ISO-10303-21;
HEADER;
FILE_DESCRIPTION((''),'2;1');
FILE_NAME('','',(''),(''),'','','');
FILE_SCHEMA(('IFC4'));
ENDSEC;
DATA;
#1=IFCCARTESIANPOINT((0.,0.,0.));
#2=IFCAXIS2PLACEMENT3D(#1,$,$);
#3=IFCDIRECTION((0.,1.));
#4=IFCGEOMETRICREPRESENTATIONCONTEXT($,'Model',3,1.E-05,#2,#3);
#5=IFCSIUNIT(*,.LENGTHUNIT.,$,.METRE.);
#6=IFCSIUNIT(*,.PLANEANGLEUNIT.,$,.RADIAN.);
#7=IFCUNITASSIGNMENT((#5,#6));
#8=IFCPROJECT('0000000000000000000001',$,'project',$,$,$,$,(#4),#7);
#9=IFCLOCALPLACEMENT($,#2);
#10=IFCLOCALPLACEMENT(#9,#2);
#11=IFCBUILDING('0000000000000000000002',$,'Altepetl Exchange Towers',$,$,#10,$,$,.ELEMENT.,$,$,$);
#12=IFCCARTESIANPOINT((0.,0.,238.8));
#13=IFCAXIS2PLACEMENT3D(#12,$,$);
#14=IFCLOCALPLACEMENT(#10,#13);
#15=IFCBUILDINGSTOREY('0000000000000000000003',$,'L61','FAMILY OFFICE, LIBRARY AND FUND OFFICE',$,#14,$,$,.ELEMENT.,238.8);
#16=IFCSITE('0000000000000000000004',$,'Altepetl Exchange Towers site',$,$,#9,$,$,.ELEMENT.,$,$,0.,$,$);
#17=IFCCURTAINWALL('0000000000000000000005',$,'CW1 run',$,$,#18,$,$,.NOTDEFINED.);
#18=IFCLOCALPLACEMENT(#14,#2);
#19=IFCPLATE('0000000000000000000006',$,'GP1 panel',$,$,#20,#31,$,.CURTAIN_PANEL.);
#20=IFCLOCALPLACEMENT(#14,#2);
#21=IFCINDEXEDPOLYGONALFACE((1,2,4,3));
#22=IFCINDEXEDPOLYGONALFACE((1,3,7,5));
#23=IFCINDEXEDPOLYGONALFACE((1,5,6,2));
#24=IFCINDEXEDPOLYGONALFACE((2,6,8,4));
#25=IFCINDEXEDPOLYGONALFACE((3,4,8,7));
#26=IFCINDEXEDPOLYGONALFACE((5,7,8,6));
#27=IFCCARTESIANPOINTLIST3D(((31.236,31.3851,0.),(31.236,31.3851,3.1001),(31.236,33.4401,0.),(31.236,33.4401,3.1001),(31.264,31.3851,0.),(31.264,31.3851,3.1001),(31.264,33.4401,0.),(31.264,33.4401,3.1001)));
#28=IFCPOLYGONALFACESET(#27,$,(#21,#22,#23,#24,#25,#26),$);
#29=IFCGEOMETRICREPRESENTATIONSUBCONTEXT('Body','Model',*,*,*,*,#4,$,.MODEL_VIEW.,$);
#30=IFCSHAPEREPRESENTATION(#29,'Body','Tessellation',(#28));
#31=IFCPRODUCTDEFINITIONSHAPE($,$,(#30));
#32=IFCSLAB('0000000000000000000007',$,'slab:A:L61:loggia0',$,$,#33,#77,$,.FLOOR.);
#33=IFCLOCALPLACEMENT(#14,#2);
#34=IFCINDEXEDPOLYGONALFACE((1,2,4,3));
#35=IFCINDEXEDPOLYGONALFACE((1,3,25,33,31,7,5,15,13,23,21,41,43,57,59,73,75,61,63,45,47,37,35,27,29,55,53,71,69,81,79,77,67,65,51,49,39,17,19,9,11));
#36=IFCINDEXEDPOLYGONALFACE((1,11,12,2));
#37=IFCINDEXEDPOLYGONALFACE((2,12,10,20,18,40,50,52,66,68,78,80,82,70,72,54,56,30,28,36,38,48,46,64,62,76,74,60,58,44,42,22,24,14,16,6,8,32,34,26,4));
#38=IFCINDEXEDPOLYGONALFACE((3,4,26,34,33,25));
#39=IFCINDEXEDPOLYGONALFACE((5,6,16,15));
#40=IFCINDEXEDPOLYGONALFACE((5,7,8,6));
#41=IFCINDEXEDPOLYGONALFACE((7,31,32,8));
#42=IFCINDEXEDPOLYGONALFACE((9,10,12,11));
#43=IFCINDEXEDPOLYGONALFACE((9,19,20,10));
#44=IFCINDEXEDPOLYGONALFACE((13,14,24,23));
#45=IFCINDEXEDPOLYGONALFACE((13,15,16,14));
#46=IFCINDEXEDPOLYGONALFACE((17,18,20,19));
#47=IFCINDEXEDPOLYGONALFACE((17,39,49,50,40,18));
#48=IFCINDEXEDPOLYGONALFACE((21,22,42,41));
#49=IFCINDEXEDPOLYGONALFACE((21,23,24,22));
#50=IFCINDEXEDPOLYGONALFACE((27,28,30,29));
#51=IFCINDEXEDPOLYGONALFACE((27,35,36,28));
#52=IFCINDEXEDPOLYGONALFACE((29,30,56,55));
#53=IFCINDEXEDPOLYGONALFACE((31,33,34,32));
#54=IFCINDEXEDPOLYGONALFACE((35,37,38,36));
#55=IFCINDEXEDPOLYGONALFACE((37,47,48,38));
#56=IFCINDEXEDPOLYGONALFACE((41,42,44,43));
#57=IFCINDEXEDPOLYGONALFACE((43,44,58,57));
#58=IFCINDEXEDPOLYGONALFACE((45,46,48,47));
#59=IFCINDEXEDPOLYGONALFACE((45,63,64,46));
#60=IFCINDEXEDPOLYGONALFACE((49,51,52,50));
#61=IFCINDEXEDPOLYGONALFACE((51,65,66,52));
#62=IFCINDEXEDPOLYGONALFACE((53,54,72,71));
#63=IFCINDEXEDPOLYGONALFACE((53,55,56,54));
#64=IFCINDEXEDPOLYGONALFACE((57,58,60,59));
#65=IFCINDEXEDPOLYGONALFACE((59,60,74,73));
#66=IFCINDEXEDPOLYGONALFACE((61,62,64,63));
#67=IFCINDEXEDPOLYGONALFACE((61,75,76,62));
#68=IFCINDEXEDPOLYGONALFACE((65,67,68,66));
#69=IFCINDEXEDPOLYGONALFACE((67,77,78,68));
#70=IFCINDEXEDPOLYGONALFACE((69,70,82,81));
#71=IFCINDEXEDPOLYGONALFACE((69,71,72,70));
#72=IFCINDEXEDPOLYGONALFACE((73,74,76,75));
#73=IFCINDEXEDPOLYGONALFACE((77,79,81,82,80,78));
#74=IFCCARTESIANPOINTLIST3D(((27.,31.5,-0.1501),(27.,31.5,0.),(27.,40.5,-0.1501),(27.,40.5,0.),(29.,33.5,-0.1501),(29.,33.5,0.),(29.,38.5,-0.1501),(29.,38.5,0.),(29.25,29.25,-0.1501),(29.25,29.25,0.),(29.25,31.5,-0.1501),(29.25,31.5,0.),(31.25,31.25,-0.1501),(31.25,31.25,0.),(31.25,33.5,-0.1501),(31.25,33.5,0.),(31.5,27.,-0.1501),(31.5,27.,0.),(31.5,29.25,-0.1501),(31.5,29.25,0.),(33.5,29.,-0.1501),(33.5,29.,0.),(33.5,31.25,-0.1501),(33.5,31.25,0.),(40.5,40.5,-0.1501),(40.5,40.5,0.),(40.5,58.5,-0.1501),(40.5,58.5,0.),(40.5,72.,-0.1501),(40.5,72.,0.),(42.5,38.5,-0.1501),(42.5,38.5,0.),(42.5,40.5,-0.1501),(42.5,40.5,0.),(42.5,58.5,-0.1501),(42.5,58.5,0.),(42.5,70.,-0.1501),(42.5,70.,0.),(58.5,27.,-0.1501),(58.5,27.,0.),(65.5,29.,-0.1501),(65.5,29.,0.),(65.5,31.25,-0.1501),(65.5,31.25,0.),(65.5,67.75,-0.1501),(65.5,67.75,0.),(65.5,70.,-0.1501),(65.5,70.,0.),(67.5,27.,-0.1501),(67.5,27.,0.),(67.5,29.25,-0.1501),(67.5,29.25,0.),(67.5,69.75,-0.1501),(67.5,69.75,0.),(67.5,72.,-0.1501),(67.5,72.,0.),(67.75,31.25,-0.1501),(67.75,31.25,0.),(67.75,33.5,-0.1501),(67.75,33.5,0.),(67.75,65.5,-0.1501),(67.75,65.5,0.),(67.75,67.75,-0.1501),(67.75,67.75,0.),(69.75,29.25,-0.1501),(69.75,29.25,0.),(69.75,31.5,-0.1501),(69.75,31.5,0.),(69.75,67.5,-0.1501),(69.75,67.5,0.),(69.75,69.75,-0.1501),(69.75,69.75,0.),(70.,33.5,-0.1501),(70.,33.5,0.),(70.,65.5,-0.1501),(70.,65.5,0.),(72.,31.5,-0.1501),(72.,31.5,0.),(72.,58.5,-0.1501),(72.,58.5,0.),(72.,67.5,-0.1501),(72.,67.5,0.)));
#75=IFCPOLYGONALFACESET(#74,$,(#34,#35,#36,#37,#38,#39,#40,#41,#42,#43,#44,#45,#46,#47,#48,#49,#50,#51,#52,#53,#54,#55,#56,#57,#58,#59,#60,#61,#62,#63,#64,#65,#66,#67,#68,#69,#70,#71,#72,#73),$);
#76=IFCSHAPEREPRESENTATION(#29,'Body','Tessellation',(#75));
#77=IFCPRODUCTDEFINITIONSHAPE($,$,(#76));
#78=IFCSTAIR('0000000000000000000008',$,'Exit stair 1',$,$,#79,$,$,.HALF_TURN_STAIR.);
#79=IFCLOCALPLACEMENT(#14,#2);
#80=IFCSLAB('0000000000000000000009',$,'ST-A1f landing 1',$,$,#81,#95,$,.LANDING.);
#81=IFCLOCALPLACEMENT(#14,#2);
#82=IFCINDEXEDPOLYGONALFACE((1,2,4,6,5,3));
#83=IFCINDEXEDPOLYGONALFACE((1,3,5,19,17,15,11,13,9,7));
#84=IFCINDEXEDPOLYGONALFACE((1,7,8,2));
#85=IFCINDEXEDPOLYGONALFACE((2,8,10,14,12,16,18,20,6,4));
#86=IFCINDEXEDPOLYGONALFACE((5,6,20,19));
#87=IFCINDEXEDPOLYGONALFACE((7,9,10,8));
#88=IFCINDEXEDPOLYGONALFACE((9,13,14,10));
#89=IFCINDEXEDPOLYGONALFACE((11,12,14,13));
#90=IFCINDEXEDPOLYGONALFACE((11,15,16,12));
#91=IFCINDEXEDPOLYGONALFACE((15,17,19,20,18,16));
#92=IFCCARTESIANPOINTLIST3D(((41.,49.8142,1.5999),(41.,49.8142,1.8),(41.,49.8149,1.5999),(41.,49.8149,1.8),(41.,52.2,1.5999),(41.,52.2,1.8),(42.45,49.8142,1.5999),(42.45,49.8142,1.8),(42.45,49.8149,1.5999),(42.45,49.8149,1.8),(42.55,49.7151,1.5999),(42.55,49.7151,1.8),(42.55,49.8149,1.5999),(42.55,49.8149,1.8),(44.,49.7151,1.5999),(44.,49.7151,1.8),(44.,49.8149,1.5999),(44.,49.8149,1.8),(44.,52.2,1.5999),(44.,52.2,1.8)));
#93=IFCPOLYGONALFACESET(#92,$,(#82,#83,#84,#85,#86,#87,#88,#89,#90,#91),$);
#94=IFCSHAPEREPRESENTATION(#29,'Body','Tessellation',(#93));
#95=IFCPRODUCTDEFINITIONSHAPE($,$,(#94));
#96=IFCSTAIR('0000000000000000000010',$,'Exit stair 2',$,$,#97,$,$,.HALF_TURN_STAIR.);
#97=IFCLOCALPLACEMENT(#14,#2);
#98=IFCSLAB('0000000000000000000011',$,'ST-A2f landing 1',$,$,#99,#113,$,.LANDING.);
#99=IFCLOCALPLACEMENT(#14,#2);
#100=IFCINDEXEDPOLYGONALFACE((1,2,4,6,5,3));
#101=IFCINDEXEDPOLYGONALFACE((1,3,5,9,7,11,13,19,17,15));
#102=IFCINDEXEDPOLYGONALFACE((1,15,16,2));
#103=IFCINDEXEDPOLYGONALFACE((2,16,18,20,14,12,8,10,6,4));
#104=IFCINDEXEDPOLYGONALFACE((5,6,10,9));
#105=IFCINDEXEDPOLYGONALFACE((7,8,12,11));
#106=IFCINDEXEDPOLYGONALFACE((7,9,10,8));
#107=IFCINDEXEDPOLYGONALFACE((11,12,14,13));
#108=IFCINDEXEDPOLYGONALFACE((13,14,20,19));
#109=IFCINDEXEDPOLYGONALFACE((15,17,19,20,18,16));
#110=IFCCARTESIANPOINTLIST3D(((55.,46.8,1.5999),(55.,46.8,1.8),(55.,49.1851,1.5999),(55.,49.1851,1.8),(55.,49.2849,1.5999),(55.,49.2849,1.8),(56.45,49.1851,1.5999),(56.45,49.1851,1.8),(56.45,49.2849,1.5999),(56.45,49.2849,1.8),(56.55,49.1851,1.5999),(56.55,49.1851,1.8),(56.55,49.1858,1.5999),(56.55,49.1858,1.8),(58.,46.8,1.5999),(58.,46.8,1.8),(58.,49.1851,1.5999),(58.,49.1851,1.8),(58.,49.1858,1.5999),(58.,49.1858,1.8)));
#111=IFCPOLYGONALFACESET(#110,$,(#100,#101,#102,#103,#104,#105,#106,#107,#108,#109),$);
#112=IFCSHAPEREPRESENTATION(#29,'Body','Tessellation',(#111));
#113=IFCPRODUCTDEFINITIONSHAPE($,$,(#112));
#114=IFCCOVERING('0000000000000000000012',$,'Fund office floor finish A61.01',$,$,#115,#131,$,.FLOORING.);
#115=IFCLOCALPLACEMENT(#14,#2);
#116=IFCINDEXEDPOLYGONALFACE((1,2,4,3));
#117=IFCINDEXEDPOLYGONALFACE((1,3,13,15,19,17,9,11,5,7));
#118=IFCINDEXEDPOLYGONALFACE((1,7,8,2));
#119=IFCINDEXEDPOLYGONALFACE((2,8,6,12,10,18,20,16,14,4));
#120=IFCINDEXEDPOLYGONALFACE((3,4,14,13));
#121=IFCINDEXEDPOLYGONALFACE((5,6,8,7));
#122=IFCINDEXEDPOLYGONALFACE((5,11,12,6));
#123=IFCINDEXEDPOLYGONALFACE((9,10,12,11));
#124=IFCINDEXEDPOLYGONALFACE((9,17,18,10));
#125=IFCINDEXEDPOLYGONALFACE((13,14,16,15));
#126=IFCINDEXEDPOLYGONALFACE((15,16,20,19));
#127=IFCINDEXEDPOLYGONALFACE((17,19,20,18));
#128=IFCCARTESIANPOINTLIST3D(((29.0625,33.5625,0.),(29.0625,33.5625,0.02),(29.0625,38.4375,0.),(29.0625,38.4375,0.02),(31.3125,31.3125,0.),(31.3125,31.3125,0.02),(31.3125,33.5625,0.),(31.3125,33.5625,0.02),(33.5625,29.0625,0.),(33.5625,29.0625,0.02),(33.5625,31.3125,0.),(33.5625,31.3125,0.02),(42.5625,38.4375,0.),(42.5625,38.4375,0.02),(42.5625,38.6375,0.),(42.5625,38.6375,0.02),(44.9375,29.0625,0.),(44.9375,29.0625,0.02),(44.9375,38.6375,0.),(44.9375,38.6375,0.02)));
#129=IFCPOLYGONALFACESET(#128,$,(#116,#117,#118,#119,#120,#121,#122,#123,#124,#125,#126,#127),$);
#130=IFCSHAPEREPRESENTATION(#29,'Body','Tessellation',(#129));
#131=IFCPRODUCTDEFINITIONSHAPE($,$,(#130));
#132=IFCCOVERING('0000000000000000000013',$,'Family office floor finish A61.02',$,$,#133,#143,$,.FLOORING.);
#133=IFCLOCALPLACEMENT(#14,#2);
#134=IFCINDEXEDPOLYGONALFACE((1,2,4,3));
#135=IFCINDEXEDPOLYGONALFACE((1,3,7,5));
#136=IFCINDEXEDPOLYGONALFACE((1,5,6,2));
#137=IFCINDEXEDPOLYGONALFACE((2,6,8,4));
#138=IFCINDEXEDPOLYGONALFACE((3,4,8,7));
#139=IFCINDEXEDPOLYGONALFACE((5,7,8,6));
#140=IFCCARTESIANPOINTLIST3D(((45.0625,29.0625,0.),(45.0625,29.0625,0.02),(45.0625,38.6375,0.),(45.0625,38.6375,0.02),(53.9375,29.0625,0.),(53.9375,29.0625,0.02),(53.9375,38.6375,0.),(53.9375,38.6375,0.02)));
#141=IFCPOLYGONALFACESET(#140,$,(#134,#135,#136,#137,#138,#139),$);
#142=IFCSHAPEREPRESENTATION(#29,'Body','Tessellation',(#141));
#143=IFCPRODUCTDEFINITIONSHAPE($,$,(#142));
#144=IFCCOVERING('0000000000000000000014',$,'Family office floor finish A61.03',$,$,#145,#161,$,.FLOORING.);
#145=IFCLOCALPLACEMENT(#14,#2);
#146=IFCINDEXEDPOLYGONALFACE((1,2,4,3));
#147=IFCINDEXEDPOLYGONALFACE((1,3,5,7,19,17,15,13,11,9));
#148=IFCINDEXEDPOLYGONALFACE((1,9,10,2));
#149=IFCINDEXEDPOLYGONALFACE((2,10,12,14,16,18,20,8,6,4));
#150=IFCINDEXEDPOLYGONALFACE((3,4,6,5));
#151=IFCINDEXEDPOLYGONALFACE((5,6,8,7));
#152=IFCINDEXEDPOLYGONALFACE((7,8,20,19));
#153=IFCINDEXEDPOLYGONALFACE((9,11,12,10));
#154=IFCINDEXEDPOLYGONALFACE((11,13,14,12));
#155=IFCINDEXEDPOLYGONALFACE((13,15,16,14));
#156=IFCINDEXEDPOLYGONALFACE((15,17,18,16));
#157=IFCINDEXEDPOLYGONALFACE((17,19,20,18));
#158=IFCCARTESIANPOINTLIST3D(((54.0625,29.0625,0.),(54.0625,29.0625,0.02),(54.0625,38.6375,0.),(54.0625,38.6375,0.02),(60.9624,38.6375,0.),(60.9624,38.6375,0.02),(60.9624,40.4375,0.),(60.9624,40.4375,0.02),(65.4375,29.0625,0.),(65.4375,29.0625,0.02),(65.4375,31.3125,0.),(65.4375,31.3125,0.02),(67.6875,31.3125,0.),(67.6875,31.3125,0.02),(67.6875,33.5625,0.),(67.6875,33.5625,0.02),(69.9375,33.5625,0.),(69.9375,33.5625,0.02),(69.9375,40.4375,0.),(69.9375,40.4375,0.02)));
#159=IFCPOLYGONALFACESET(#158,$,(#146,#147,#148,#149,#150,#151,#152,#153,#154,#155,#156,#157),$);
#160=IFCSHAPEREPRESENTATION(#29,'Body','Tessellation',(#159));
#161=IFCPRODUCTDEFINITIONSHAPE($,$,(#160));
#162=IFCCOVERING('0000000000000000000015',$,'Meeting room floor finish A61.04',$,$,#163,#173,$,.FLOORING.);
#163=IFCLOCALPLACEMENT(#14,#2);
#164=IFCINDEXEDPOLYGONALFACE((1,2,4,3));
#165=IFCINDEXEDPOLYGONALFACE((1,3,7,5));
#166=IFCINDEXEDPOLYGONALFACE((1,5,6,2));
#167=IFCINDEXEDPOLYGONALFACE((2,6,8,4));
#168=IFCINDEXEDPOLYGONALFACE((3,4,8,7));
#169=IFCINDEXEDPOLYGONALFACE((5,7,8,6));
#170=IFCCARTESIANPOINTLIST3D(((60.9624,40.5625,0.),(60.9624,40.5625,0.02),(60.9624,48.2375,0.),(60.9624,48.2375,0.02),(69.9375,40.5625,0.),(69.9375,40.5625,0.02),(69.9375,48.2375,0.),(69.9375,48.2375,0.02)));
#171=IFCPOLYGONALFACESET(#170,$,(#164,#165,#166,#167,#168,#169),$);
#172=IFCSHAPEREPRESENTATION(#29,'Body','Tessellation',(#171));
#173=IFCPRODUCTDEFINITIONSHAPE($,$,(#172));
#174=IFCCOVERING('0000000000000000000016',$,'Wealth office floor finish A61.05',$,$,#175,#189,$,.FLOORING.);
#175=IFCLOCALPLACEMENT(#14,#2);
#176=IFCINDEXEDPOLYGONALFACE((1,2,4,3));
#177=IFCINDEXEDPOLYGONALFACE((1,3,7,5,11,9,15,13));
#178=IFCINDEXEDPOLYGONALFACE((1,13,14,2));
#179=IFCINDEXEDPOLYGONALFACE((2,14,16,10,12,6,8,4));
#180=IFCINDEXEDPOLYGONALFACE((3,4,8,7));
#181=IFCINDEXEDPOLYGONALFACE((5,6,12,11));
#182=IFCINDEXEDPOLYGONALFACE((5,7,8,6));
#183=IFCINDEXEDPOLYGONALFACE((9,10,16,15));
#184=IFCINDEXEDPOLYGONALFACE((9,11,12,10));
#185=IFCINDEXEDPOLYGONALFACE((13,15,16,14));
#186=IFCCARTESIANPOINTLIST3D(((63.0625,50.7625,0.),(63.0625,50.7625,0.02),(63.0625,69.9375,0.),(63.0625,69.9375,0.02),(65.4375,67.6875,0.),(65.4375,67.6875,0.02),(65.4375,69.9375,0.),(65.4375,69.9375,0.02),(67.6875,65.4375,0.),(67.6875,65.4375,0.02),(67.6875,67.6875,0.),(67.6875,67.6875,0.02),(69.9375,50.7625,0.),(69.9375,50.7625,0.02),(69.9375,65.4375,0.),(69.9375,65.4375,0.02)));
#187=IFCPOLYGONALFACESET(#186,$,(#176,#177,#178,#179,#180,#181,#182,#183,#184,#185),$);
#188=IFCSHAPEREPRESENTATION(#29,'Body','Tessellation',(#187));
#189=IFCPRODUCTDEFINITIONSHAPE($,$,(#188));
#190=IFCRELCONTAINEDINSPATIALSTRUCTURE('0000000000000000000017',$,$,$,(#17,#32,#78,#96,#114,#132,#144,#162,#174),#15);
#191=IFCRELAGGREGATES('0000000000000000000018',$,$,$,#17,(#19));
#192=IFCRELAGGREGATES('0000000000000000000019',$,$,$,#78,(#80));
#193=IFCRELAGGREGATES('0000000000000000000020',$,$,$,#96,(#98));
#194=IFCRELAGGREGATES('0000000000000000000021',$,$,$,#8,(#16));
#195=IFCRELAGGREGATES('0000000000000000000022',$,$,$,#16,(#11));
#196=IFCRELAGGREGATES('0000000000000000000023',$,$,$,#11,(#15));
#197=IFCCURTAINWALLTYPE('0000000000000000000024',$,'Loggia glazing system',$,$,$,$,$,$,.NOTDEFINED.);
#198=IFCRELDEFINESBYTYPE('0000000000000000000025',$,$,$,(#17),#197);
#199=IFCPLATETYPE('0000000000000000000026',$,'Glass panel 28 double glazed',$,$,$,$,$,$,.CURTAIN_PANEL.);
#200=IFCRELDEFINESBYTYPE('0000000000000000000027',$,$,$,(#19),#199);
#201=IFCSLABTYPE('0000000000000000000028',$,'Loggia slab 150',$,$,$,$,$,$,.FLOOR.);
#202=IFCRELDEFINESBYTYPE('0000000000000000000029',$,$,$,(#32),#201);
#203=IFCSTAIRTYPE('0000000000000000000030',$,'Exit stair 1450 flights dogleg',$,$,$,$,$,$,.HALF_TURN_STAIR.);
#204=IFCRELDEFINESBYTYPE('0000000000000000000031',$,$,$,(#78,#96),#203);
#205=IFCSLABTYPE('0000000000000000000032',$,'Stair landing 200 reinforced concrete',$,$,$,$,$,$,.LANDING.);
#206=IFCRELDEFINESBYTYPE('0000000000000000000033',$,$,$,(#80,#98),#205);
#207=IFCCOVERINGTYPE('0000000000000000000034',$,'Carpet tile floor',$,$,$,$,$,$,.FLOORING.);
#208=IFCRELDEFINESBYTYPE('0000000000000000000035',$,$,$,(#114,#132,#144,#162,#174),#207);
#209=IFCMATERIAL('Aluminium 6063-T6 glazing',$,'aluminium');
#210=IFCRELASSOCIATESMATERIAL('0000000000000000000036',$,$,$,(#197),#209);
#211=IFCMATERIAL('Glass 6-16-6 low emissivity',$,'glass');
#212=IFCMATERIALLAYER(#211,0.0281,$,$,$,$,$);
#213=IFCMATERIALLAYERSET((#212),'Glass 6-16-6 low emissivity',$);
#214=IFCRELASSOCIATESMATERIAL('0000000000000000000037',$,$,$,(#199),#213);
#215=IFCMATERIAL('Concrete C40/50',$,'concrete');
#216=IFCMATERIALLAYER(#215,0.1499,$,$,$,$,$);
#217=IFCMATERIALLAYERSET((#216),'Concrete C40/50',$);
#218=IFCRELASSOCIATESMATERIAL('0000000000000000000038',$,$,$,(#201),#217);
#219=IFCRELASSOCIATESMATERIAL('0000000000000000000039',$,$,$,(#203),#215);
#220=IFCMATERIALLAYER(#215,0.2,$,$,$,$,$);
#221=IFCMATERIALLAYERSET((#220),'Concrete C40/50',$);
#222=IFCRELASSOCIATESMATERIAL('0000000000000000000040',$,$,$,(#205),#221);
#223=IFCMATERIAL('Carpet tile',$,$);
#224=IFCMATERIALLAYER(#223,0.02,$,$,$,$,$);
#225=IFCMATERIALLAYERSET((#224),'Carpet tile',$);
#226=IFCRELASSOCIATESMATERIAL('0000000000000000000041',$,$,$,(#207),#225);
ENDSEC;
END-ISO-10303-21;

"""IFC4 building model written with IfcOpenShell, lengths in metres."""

from ifc_helpers import new_model, si_unit, direction, frame, origin, origin_2d, place, context, subcontext, project, spatial, polyline, rectangle, outline, extrude, material, layer, layer_set, type_object, element, aggregate, save


model = new_model("IFC4")

# Units and contexts
model_context = context("Model", 3, precision=1e-05, world=origin(), true_north=direction((0.0, 1.0)))
body_context = subcontext(model_context, "Body", "Model", "MODEL_VIEW")
ifc_project = project(units=[si_unit("LENGTHUNIT", "METRE"), si_unit("PLANEANGLEUNIT", "RADIAN")], contexts=[model_context])

# Site, building, storey
site_placement = place(None, origin())
site = spatial("IfcSite", under=ifc_project, at=site_placement, Name="Altepetl Exchange Towers site", CompositionType="ELEMENT", RefElevation=0.0)
building_placement = place(site_placement, origin())
building = spatial("IfcBuilding", under=site, at=building_placement, Name="Altepetl Exchange Towers", CompositionType="ELEMENT")
storey_placement = place(building_placement, frame((0.0, 0.0, 238.8)))
storey = spatial("IfcBuildingStorey", under=building, at=storey_placement, Name="L61", Description="FAMILY OFFICE, LIBRARY AND FUND OFFICE", CompositionType="ELEMENT", Elevation=238.8)

# Shared definitions
ifc_material_1 = material(Name="Aluminium 6063-T6 glazing", Category="aluminium")
curtain_wall_type = type_object("IfcCurtainWallType", Name="Loggia glazing system", PredefinedType="NOTDEFINED", material=ifc_material_1)

# Curtain wall
curtain_wall_1_placement = place(storey_placement, origin())
curtain_wall_1 = element("IfcCurtainWall", 1, at=curtain_wall_1_placement, inside=storey, type_object=curtain_wall_type, Name="CW1 run", PredefinedType="NOTDEFINED")

# Shared definitions
ifc_material_2 = material(Name="Concrete C40/50", Category="concrete")

# Plate
ifc_material_3 = material(Name="Glass 6-16-6 low emissivity", Category="glass")
ifc_layer_1 = layer(ifc_material_3, 0.0281)
ifc_layer_set_1 = layer_set([ifc_layer_1], Name="Glass 6-16-6 low emissivity")
plate_type = type_object("IfcPlateType", Name="Glass panel 28 double glazed", PredefinedType="CURTAIN_PANEL", material=ifc_layer_set_1)
plate_1_placement = place(storey_placement, frame((31.25, 32.4126, 0.0), z_axis=(0.0, 0.0, 1.0), x_axis=(0.0, -1.0, 0.0)))
plate_1 = element("IfcPlate", 2, at=plate_1_placement, type_object=plate_type, Name="GP1 panel", PredefinedType="CURTAIN_PANEL", context=body_context, shape_type="SweptSolid", body=[
    extrude(rectangle(XDim=2.0549, YDim=0.0281, at=origin_2d()), origin(), (0.0, 0.0, 1.0), 3.1001),
])
aggregate(curtain_wall_1, [plate_1])

# Slab
ifc_layer_2 = layer(ifc_material_2, 0.1499)
ifc_layer_set_2 = layer_set([ifc_layer_2], Name="Concrete C40/50")
slab_type_1 = type_object("IfcSlabType", Name="Loggia slab 150", PredefinedType="FLOOR", material=ifc_layer_set_2)
slab_1_placement = place(storey_placement, frame((0.0, 0.0, -0.1501)))
element("IfcSlab", 3, at=slab_1_placement, inside=storey, type_object=slab_type_1, Name="slab:A:L61:loggia0", PredefinedType="FLOOR", context=body_context, shape_type="SweptSolid", body=[
    extrude(outline(polyline([(40.5, 72.0), (40.5, 58.5), (42.5, 58.5), (42.5, 70.0), (65.5, 70.0), (65.5, 67.75), (67.75, 67.75), (67.75, 65.5), (70.0, 65.5), (70.0, 33.5), (67.75, 33.5), (67.75, 31.25), (65.5, 31.25), (65.5, 29.0), (33.5, 29.0), (33.5, 31.25), (31.25, 31.25), (31.25, 33.5), (29.0, 33.5), (29.0, 38.5), (42.5, 38.5), (42.5, 40.5), (40.5, 40.5), (27.0, 40.5), (27.0, 31.5), (29.25, 31.5), (29.25, 29.25), (31.5, 29.25), (31.5, 27.0), (58.5, 27.0), (67.5, 27.0), (67.5, 29.25), (69.75, 29.25), (69.75, 31.5), (72.0, 31.5), (72.0, 58.5), (72.0, 67.5), (69.75, 67.5), (69.75, 69.75), (67.5, 69.75), (67.5, 72.0), (40.5, 72.0)])), origin(), (0.0, 0.0, 1.0), 0.1501),
])

# Stairs, slabs
stair_type = type_object("IfcStairType", Name="Exit stair 1450 flights dogleg", PredefinedType="HALF_TURN_STAIR", material=ifc_material_2)
stair_1_placement = place(storey_placement, origin())
stair_1 = element("IfcStair", 4, at=stair_1_placement, inside=storey, type_object=stair_type, Name="Exit stair 1", PredefinedType="HALF_TURN_STAIR")
ifc_layer_3 = layer(ifc_material_2, 0.2)
ifc_layer_set_3 = layer_set([ifc_layer_3], Name="Concrete C40/50")
slab_type_2 = type_object("IfcSlabType", Name="Stair landing 200 reinforced concrete", PredefinedType="LANDING", material=ifc_layer_set_3)
slab_2_placement = place(storey_placement, frame((0.0, 0.0, 1.5999)))
slab_2 = element("IfcSlab", 5, at=slab_2_placement, type_object=slab_type_2, Name="ST-A1f landing 1", PredefinedType="LANDING", context=body_context, shape_type="SweptSolid", body=[
    extrude(outline(polyline([(44.0, 49.7151), (42.55, 49.7151), (42.55, 49.8149), (42.45, 49.8149), (42.45, 49.8142), (41.0, 49.8142), (41.0, 49.8149), (41.0, 52.2), (44.0, 52.2), (44.0, 49.8149), (44.0, 49.7151)])), origin(), (0.0, 0.0, 1.0), 0.2002),
])
aggregate(stair_1, [slab_2])
stair_2_placement = place(storey_placement, origin())
stair_2 = element("IfcStair", 6, at=stair_2_placement, inside=storey, type_object=stair_type, Name="Exit stair 2", PredefinedType="HALF_TURN_STAIR")
slab_3_placement = place(storey_placement, frame((0.0, 0.0, 1.5999)))
slab_3 = element("IfcSlab", 7, at=slab_3_placement, type_object=slab_type_2, Name="ST-A2f landing 1", PredefinedType="LANDING", context=body_context, shape_type="SweptSolid", body=[
    extrude(outline(polyline([(58.0, 46.8), (55.0, 46.8), (55.0, 49.1851), (55.0, 49.2849), (56.45, 49.2849), (56.45, 49.1851), (56.55, 49.1851), (56.55, 49.1858), (58.0, 49.1858), (58.0, 49.1851), (58.0, 46.8)])), origin(), (0.0, 0.0, 1.0), 0.2002),
])
aggregate(stair_2, [slab_3])

# Coverings
ifc_material_4 = material(Name="Carpet tile")
ifc_layer_4 = layer(ifc_material_4, 0.02)
ifc_layer_set_4 = layer_set([ifc_layer_4], Name="Carpet tile")
covering_type_1 = type_object("IfcCoveringType", Name="Carpet tile floor", PredefinedType="FLOORING", material=ifc_layer_set_4)
covering_1_placement = place(storey_placement, origin())
element("IfcCovering", 8, at=covering_1_placement, inside=storey, type_object=covering_type_1, Name="Fund office floor finish A61.01", PredefinedType="FLOORING", context=body_context, shape_type="SweptSolid", body=[
    extrude(outline(polyline([(33.5625, 29.0625), (44.9375, 29.0625), (44.9375, 38.6375), (42.5625, 38.6375), (42.5625, 38.4375), (29.0625, 38.4375), (29.0625, 33.5625), (31.3125, 33.5625), (31.3125, 31.3125), (33.5625, 31.3125), (33.5625, 29.0625)])), origin(), (0.0, 0.0, 1.0), 0.02),
])
covering_2_placement = place(storey_placement, origin())
element("IfcCovering", 9, at=covering_2_placement, inside=storey, type_object=covering_type_1, Name="Family office floor finish A61.02", PredefinedType="FLOORING", context=body_context, shape_type="SweptSolid", body=[
    extrude(outline(polyline([(45.0625, 38.6375), (45.0625, 29.0625), (53.9375, 29.0625), (53.9375, 38.6375), (45.0625, 38.6375)])), origin(), (0.0, 0.0, 1.0), 0.02),
])
covering_3_placement = place(storey_placement, origin())
element("IfcCovering", 10, at=covering_3_placement, inside=storey, type_object=covering_type_1, Name="Family office floor finish A61.03", PredefinedType="FLOORING", context=body_context, shape_type="SweptSolid", body=[
    extrude(outline(polyline([(54.0625, 29.0625), (65.4375, 29.0625), (65.4375, 31.3125), (67.6875, 31.3125), (67.6875, 33.5625), (69.9375, 33.5625), (69.9375, 40.4375), (60.9624, 40.4375), (60.9624, 38.6375), (54.0625, 38.6375), (54.0625, 29.0625)])), origin(), (0.0, 0.0, 1.0), 0.02),
])
covering_4_placement = place(storey_placement, origin())
element("IfcCovering", 11, at=covering_4_placement, inside=storey, type_object=covering_type_1, Name="Meeting room floor finish A61.04", PredefinedType="FLOORING", context=body_context, shape_type="SweptSolid", body=[
    extrude(outline(polyline([(60.9624, 40.5625), (69.9375, 40.5625), (69.9375, 48.2375), (60.9624, 48.2375), (60.9624, 40.5625)])), origin(), (0.0, 0.0, 1.0), 0.02),
])
covering_5_placement = place(storey_placement, origin())
element("IfcCovering", 12, at=covering_5_placement, inside=storey, type_object=covering_type_1, Name="Wealth office floor finish A61.05", PredefinedType="FLOORING", context=body_context, shape_type="SweptSolid", body=[
    extrude(outline(polyline([(65.4375, 67.6875), (65.4375, 69.9375), (63.0625, 69.9375), (63.0625, 50.7625), (69.9375, 50.7625), (69.9375, 65.4375), (67.6875, 65.4375), (67.6875, 67.6875), (65.4375, 67.6875)])), origin(), (0.0, 0.0, 1.0), 0.02),
])

save(model, "model.ifc")
